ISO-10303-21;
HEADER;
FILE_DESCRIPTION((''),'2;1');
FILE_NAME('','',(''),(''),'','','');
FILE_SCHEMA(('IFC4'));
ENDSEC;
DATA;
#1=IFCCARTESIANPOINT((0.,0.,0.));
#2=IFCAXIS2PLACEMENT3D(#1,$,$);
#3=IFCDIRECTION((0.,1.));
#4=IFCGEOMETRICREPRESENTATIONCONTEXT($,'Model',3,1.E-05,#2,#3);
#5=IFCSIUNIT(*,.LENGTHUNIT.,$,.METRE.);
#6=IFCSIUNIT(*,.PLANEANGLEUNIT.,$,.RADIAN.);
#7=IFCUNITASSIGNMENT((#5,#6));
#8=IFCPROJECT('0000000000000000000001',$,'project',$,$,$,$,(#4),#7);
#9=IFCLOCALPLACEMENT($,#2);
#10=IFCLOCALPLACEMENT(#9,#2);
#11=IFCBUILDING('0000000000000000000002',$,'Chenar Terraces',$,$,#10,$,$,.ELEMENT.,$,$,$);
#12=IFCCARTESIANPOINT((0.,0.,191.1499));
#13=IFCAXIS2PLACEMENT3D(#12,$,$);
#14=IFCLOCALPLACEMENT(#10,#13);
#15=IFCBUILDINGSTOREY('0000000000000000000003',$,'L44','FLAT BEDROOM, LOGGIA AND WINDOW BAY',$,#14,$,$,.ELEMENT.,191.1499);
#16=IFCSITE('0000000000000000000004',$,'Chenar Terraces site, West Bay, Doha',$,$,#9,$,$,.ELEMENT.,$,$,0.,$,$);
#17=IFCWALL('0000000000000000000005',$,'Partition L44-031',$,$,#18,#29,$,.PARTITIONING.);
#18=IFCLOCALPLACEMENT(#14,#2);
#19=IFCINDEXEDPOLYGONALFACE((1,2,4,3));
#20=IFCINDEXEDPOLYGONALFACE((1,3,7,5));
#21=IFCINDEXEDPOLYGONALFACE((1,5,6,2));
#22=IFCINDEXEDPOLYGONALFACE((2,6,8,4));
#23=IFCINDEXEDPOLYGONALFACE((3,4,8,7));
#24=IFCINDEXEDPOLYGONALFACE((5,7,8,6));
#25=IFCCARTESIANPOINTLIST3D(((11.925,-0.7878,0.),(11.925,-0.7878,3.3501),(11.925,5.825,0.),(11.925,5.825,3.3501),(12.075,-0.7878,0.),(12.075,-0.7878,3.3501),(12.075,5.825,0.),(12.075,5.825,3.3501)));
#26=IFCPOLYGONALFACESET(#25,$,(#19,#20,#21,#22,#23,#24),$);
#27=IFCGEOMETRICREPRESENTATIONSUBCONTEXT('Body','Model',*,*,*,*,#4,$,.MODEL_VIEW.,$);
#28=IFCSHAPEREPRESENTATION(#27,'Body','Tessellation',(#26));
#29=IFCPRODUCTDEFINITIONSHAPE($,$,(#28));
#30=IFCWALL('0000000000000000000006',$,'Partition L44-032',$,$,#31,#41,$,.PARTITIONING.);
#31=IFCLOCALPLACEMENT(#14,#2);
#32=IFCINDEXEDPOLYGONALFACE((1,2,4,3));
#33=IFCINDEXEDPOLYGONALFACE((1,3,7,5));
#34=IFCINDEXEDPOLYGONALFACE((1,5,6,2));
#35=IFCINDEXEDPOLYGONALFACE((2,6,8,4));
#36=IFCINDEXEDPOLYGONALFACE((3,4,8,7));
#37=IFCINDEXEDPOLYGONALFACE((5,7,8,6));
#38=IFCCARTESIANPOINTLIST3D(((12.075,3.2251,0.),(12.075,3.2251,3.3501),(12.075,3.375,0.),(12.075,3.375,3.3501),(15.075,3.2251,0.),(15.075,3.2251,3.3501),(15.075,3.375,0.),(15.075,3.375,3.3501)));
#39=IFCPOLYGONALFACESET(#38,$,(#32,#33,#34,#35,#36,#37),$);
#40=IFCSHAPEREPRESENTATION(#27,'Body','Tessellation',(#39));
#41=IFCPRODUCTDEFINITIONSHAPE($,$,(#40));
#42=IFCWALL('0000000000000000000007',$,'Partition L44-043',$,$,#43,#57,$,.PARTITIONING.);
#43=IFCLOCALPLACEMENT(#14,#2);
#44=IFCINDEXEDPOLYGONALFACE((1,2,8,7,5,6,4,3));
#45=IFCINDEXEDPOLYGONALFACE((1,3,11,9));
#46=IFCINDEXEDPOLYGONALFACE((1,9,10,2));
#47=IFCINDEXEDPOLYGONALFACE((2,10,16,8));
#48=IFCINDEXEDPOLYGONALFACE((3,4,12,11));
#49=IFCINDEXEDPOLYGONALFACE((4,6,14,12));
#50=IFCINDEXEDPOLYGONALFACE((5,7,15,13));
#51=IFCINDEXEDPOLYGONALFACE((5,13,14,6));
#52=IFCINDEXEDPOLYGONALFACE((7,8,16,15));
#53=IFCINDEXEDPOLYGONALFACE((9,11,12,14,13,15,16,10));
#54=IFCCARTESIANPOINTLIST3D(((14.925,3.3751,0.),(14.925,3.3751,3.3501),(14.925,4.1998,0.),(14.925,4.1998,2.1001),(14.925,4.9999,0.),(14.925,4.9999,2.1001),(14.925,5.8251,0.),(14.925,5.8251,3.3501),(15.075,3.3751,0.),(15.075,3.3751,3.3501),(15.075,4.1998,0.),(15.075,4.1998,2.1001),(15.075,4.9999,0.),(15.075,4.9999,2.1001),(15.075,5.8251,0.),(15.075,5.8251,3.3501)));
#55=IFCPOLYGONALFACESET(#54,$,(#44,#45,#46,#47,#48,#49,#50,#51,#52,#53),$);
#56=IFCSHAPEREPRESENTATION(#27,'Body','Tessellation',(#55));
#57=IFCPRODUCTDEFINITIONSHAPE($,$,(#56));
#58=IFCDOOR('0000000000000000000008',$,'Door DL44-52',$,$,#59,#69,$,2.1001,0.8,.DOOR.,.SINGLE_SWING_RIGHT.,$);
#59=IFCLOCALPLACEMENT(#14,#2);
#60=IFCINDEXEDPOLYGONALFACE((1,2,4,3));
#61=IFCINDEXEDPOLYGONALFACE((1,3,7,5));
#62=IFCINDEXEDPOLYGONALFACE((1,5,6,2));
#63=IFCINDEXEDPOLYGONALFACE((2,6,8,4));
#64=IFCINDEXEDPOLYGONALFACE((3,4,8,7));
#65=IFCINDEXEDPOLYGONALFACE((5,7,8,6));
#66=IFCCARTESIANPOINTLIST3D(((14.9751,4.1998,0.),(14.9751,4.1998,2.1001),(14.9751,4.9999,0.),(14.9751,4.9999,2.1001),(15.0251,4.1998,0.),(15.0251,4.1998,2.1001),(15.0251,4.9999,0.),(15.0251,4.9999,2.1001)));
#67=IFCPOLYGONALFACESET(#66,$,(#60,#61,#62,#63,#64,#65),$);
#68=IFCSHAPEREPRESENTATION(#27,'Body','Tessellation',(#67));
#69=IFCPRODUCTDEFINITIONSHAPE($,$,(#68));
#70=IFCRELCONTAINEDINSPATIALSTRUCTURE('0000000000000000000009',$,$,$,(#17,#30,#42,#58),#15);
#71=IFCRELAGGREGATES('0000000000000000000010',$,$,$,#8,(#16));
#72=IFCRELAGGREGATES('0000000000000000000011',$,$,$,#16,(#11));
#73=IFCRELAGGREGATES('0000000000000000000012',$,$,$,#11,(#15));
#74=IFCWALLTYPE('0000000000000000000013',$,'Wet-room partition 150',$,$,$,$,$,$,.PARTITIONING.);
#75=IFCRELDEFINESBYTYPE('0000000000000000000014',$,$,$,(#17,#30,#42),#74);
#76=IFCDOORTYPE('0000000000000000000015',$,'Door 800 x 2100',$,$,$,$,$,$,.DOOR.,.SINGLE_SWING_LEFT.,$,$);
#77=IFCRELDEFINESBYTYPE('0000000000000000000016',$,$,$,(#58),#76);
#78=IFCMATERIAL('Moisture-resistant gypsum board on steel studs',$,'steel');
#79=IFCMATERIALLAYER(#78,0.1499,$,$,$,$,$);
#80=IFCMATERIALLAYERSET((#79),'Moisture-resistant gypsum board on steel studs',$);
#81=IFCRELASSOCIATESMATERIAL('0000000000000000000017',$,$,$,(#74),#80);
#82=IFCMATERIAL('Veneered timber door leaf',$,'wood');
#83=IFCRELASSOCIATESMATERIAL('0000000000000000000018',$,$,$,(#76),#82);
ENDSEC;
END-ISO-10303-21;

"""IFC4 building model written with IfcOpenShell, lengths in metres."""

from ifc_helpers import new_model, si_unit, direction, frame, frame_2d, origin, place, context, subcontext, project, spatial, rectangle, extrude, material, layer, layer_set, type_object, element, fill, save


model = new_model("IFC4")

# Units and contexts
model_context = context("Model", 3, precision=1e-05, world=origin(), true_north=direction((0.0, 1.0)))
body_context = subcontext(model_context, "Body", "Model", "MODEL_VIEW")
ifc_project = project(units=[si_unit("LENGTHUNIT", "METRE"), si_unit("PLANEANGLEUNIT", "RADIAN")], contexts=[model_context])

# Site, building, storey
site_placement = place(None, origin())
site = spatial("IfcSite", under=ifc_project, at=site_placement, Name="Chenar Terraces site, West Bay, Doha", CompositionType="ELEMENT", RefElevation=0.0)
building_placement = place(site_placement, origin())
building = spatial("IfcBuilding", under=site, at=building_placement, Name="Chenar Terraces", CompositionType="ELEMENT")
storey_placement = place(building_placement, frame((0.0, 0.0, 191.1499)))
storey = spatial("IfcBuildingStorey", under=building, at=storey_placement, Name="L44", Description="FLAT BEDROOM, LOGGIA AND WINDOW BAY", CompositionType="ELEMENT", Elevation=191.1499)

# Shared definitions
ifc_material_1 = material(Name="Moisture-resistant gypsum board on steel studs", Category="steel")
ifc_layer_1 = layer(ifc_material_1, 0.1499)
ifc_layer_set_1 = layer_set([ifc_layer_1], Name="Moisture-resistant gypsum board on steel studs")
wall_type_1 = type_object("IfcWallType", Name="Wet-room partition 150", PredefinedType="PARTITIONING", material=ifc_layer_set_1)

# Walls
wall_1_placement = place(storey_placement, frame((12.0, -0.7878, 0.0), z_axis=(0.0, 0.0, 1.0), x_axis=(0.0, 1.0, 0.0)))
element("IfcWall", 1, at=wall_1_placement, inside=storey, type_object=wall_type_1, Name="Partition L44-031", PredefinedType="PARTITIONING", context=body_context, shape_type="SweptSolid", body=[
    extrude(rectangle(XDim=6.6128, YDim=0.1499, at=frame_2d((3.3064, 0.0))), origin(), (0.0, 0.0, 1.0), 3.3501),
])
wall_2_placement = place(storey_placement, frame((12.075, 3.3, 0.0), z_axis=(0.0, 0.0, 1.0), x_axis=(1.0, 0.0, 0.0)))
element("IfcWall", 2, at=wall_2_placement, inside=storey, type_object=wall_type_1, Name="Partition L44-032", PredefinedType="PARTITIONING", context=body_context, shape_type="SweptSolid", body=[
    extrude(rectangle(XDim=3.0, YDim=0.1499, at=frame_2d((1.5, 0.0))), origin(), (0.0, 0.0, 1.0), 3.3501),
])

# Wall, opening, door
wall_3_placement = place(storey_placement, frame((15.0, 3.375, 0.0), z_axis=(0.0, 0.0, 1.0), x_axis=(0.0, 1.0, 0.0)))
wall_3 = element("IfcWall", 3, at=wall_3_placement, inside=storey, type_object=wall_type_1, Name="Partition L44-043", PredefinedType="PARTITIONING", context=body_context, shape_type="SweptSolid", body=[
    extrude(rectangle(XDim=2.45, YDim=0.1499, at=frame_2d((1.2251, 0.0))), origin(), (0.0, 0.0, 1.0), 3.3501),
])
opening_1_placement = place(wall_3_placement, frame((0.825, 0.0, 0.0)))
opening_1 = element("IfcOpeningElement", 4, at=opening_1_placement, cuts=wall_3, PredefinedType="OPENING", context=body_context, shape_type="SweptSolid", body=[
    extrude(rectangle(XDim=0.8, YDim=2.1001, at=frame_2d((0.3999, 1.05))), frame((0.0, 0.085, 0.0), z_axis=(0.0, -1.0, 0.0), x_axis=(1.0, 0.0, 0.0)), (0.0, 0.0, 1.0), 0.1699),
])
ifc_material_2 = material(Name="Veneered timber door leaf", Category="wood")
door_type_1 = type_object("IfcDoorType", Name="Door 800 x 2100", OperationType="SINGLE_SWING_LEFT", PredefinedType="DOOR", material=ifc_material_2)
door_1_placement = place(opening_1_placement, origin())
door_1 = element("IfcDoor", 5, at=door_1_placement, inside=storey, type_object=door_type_1, Name="Door DL44-52", OperationType="SINGLE_SWING_RIGHT", OverallHeight=2.1001, OverallWidth=0.8, PredefinedType="DOOR", context=body_context, shape_type="SweptSolid", body=[
    extrude(rectangle(XDim=0.8, YDim=2.1001, at=frame_2d((0.3999, 1.05))), frame((0.0, 0.0249, 0.0), z_axis=(0.0, -1.0, 0.0), x_axis=(1.0, 0.0, 0.0)), (0.0, 0.0, 1.0), 0.05),
])
fill(opening_1, door_1)

save(model, "model.ifc")
